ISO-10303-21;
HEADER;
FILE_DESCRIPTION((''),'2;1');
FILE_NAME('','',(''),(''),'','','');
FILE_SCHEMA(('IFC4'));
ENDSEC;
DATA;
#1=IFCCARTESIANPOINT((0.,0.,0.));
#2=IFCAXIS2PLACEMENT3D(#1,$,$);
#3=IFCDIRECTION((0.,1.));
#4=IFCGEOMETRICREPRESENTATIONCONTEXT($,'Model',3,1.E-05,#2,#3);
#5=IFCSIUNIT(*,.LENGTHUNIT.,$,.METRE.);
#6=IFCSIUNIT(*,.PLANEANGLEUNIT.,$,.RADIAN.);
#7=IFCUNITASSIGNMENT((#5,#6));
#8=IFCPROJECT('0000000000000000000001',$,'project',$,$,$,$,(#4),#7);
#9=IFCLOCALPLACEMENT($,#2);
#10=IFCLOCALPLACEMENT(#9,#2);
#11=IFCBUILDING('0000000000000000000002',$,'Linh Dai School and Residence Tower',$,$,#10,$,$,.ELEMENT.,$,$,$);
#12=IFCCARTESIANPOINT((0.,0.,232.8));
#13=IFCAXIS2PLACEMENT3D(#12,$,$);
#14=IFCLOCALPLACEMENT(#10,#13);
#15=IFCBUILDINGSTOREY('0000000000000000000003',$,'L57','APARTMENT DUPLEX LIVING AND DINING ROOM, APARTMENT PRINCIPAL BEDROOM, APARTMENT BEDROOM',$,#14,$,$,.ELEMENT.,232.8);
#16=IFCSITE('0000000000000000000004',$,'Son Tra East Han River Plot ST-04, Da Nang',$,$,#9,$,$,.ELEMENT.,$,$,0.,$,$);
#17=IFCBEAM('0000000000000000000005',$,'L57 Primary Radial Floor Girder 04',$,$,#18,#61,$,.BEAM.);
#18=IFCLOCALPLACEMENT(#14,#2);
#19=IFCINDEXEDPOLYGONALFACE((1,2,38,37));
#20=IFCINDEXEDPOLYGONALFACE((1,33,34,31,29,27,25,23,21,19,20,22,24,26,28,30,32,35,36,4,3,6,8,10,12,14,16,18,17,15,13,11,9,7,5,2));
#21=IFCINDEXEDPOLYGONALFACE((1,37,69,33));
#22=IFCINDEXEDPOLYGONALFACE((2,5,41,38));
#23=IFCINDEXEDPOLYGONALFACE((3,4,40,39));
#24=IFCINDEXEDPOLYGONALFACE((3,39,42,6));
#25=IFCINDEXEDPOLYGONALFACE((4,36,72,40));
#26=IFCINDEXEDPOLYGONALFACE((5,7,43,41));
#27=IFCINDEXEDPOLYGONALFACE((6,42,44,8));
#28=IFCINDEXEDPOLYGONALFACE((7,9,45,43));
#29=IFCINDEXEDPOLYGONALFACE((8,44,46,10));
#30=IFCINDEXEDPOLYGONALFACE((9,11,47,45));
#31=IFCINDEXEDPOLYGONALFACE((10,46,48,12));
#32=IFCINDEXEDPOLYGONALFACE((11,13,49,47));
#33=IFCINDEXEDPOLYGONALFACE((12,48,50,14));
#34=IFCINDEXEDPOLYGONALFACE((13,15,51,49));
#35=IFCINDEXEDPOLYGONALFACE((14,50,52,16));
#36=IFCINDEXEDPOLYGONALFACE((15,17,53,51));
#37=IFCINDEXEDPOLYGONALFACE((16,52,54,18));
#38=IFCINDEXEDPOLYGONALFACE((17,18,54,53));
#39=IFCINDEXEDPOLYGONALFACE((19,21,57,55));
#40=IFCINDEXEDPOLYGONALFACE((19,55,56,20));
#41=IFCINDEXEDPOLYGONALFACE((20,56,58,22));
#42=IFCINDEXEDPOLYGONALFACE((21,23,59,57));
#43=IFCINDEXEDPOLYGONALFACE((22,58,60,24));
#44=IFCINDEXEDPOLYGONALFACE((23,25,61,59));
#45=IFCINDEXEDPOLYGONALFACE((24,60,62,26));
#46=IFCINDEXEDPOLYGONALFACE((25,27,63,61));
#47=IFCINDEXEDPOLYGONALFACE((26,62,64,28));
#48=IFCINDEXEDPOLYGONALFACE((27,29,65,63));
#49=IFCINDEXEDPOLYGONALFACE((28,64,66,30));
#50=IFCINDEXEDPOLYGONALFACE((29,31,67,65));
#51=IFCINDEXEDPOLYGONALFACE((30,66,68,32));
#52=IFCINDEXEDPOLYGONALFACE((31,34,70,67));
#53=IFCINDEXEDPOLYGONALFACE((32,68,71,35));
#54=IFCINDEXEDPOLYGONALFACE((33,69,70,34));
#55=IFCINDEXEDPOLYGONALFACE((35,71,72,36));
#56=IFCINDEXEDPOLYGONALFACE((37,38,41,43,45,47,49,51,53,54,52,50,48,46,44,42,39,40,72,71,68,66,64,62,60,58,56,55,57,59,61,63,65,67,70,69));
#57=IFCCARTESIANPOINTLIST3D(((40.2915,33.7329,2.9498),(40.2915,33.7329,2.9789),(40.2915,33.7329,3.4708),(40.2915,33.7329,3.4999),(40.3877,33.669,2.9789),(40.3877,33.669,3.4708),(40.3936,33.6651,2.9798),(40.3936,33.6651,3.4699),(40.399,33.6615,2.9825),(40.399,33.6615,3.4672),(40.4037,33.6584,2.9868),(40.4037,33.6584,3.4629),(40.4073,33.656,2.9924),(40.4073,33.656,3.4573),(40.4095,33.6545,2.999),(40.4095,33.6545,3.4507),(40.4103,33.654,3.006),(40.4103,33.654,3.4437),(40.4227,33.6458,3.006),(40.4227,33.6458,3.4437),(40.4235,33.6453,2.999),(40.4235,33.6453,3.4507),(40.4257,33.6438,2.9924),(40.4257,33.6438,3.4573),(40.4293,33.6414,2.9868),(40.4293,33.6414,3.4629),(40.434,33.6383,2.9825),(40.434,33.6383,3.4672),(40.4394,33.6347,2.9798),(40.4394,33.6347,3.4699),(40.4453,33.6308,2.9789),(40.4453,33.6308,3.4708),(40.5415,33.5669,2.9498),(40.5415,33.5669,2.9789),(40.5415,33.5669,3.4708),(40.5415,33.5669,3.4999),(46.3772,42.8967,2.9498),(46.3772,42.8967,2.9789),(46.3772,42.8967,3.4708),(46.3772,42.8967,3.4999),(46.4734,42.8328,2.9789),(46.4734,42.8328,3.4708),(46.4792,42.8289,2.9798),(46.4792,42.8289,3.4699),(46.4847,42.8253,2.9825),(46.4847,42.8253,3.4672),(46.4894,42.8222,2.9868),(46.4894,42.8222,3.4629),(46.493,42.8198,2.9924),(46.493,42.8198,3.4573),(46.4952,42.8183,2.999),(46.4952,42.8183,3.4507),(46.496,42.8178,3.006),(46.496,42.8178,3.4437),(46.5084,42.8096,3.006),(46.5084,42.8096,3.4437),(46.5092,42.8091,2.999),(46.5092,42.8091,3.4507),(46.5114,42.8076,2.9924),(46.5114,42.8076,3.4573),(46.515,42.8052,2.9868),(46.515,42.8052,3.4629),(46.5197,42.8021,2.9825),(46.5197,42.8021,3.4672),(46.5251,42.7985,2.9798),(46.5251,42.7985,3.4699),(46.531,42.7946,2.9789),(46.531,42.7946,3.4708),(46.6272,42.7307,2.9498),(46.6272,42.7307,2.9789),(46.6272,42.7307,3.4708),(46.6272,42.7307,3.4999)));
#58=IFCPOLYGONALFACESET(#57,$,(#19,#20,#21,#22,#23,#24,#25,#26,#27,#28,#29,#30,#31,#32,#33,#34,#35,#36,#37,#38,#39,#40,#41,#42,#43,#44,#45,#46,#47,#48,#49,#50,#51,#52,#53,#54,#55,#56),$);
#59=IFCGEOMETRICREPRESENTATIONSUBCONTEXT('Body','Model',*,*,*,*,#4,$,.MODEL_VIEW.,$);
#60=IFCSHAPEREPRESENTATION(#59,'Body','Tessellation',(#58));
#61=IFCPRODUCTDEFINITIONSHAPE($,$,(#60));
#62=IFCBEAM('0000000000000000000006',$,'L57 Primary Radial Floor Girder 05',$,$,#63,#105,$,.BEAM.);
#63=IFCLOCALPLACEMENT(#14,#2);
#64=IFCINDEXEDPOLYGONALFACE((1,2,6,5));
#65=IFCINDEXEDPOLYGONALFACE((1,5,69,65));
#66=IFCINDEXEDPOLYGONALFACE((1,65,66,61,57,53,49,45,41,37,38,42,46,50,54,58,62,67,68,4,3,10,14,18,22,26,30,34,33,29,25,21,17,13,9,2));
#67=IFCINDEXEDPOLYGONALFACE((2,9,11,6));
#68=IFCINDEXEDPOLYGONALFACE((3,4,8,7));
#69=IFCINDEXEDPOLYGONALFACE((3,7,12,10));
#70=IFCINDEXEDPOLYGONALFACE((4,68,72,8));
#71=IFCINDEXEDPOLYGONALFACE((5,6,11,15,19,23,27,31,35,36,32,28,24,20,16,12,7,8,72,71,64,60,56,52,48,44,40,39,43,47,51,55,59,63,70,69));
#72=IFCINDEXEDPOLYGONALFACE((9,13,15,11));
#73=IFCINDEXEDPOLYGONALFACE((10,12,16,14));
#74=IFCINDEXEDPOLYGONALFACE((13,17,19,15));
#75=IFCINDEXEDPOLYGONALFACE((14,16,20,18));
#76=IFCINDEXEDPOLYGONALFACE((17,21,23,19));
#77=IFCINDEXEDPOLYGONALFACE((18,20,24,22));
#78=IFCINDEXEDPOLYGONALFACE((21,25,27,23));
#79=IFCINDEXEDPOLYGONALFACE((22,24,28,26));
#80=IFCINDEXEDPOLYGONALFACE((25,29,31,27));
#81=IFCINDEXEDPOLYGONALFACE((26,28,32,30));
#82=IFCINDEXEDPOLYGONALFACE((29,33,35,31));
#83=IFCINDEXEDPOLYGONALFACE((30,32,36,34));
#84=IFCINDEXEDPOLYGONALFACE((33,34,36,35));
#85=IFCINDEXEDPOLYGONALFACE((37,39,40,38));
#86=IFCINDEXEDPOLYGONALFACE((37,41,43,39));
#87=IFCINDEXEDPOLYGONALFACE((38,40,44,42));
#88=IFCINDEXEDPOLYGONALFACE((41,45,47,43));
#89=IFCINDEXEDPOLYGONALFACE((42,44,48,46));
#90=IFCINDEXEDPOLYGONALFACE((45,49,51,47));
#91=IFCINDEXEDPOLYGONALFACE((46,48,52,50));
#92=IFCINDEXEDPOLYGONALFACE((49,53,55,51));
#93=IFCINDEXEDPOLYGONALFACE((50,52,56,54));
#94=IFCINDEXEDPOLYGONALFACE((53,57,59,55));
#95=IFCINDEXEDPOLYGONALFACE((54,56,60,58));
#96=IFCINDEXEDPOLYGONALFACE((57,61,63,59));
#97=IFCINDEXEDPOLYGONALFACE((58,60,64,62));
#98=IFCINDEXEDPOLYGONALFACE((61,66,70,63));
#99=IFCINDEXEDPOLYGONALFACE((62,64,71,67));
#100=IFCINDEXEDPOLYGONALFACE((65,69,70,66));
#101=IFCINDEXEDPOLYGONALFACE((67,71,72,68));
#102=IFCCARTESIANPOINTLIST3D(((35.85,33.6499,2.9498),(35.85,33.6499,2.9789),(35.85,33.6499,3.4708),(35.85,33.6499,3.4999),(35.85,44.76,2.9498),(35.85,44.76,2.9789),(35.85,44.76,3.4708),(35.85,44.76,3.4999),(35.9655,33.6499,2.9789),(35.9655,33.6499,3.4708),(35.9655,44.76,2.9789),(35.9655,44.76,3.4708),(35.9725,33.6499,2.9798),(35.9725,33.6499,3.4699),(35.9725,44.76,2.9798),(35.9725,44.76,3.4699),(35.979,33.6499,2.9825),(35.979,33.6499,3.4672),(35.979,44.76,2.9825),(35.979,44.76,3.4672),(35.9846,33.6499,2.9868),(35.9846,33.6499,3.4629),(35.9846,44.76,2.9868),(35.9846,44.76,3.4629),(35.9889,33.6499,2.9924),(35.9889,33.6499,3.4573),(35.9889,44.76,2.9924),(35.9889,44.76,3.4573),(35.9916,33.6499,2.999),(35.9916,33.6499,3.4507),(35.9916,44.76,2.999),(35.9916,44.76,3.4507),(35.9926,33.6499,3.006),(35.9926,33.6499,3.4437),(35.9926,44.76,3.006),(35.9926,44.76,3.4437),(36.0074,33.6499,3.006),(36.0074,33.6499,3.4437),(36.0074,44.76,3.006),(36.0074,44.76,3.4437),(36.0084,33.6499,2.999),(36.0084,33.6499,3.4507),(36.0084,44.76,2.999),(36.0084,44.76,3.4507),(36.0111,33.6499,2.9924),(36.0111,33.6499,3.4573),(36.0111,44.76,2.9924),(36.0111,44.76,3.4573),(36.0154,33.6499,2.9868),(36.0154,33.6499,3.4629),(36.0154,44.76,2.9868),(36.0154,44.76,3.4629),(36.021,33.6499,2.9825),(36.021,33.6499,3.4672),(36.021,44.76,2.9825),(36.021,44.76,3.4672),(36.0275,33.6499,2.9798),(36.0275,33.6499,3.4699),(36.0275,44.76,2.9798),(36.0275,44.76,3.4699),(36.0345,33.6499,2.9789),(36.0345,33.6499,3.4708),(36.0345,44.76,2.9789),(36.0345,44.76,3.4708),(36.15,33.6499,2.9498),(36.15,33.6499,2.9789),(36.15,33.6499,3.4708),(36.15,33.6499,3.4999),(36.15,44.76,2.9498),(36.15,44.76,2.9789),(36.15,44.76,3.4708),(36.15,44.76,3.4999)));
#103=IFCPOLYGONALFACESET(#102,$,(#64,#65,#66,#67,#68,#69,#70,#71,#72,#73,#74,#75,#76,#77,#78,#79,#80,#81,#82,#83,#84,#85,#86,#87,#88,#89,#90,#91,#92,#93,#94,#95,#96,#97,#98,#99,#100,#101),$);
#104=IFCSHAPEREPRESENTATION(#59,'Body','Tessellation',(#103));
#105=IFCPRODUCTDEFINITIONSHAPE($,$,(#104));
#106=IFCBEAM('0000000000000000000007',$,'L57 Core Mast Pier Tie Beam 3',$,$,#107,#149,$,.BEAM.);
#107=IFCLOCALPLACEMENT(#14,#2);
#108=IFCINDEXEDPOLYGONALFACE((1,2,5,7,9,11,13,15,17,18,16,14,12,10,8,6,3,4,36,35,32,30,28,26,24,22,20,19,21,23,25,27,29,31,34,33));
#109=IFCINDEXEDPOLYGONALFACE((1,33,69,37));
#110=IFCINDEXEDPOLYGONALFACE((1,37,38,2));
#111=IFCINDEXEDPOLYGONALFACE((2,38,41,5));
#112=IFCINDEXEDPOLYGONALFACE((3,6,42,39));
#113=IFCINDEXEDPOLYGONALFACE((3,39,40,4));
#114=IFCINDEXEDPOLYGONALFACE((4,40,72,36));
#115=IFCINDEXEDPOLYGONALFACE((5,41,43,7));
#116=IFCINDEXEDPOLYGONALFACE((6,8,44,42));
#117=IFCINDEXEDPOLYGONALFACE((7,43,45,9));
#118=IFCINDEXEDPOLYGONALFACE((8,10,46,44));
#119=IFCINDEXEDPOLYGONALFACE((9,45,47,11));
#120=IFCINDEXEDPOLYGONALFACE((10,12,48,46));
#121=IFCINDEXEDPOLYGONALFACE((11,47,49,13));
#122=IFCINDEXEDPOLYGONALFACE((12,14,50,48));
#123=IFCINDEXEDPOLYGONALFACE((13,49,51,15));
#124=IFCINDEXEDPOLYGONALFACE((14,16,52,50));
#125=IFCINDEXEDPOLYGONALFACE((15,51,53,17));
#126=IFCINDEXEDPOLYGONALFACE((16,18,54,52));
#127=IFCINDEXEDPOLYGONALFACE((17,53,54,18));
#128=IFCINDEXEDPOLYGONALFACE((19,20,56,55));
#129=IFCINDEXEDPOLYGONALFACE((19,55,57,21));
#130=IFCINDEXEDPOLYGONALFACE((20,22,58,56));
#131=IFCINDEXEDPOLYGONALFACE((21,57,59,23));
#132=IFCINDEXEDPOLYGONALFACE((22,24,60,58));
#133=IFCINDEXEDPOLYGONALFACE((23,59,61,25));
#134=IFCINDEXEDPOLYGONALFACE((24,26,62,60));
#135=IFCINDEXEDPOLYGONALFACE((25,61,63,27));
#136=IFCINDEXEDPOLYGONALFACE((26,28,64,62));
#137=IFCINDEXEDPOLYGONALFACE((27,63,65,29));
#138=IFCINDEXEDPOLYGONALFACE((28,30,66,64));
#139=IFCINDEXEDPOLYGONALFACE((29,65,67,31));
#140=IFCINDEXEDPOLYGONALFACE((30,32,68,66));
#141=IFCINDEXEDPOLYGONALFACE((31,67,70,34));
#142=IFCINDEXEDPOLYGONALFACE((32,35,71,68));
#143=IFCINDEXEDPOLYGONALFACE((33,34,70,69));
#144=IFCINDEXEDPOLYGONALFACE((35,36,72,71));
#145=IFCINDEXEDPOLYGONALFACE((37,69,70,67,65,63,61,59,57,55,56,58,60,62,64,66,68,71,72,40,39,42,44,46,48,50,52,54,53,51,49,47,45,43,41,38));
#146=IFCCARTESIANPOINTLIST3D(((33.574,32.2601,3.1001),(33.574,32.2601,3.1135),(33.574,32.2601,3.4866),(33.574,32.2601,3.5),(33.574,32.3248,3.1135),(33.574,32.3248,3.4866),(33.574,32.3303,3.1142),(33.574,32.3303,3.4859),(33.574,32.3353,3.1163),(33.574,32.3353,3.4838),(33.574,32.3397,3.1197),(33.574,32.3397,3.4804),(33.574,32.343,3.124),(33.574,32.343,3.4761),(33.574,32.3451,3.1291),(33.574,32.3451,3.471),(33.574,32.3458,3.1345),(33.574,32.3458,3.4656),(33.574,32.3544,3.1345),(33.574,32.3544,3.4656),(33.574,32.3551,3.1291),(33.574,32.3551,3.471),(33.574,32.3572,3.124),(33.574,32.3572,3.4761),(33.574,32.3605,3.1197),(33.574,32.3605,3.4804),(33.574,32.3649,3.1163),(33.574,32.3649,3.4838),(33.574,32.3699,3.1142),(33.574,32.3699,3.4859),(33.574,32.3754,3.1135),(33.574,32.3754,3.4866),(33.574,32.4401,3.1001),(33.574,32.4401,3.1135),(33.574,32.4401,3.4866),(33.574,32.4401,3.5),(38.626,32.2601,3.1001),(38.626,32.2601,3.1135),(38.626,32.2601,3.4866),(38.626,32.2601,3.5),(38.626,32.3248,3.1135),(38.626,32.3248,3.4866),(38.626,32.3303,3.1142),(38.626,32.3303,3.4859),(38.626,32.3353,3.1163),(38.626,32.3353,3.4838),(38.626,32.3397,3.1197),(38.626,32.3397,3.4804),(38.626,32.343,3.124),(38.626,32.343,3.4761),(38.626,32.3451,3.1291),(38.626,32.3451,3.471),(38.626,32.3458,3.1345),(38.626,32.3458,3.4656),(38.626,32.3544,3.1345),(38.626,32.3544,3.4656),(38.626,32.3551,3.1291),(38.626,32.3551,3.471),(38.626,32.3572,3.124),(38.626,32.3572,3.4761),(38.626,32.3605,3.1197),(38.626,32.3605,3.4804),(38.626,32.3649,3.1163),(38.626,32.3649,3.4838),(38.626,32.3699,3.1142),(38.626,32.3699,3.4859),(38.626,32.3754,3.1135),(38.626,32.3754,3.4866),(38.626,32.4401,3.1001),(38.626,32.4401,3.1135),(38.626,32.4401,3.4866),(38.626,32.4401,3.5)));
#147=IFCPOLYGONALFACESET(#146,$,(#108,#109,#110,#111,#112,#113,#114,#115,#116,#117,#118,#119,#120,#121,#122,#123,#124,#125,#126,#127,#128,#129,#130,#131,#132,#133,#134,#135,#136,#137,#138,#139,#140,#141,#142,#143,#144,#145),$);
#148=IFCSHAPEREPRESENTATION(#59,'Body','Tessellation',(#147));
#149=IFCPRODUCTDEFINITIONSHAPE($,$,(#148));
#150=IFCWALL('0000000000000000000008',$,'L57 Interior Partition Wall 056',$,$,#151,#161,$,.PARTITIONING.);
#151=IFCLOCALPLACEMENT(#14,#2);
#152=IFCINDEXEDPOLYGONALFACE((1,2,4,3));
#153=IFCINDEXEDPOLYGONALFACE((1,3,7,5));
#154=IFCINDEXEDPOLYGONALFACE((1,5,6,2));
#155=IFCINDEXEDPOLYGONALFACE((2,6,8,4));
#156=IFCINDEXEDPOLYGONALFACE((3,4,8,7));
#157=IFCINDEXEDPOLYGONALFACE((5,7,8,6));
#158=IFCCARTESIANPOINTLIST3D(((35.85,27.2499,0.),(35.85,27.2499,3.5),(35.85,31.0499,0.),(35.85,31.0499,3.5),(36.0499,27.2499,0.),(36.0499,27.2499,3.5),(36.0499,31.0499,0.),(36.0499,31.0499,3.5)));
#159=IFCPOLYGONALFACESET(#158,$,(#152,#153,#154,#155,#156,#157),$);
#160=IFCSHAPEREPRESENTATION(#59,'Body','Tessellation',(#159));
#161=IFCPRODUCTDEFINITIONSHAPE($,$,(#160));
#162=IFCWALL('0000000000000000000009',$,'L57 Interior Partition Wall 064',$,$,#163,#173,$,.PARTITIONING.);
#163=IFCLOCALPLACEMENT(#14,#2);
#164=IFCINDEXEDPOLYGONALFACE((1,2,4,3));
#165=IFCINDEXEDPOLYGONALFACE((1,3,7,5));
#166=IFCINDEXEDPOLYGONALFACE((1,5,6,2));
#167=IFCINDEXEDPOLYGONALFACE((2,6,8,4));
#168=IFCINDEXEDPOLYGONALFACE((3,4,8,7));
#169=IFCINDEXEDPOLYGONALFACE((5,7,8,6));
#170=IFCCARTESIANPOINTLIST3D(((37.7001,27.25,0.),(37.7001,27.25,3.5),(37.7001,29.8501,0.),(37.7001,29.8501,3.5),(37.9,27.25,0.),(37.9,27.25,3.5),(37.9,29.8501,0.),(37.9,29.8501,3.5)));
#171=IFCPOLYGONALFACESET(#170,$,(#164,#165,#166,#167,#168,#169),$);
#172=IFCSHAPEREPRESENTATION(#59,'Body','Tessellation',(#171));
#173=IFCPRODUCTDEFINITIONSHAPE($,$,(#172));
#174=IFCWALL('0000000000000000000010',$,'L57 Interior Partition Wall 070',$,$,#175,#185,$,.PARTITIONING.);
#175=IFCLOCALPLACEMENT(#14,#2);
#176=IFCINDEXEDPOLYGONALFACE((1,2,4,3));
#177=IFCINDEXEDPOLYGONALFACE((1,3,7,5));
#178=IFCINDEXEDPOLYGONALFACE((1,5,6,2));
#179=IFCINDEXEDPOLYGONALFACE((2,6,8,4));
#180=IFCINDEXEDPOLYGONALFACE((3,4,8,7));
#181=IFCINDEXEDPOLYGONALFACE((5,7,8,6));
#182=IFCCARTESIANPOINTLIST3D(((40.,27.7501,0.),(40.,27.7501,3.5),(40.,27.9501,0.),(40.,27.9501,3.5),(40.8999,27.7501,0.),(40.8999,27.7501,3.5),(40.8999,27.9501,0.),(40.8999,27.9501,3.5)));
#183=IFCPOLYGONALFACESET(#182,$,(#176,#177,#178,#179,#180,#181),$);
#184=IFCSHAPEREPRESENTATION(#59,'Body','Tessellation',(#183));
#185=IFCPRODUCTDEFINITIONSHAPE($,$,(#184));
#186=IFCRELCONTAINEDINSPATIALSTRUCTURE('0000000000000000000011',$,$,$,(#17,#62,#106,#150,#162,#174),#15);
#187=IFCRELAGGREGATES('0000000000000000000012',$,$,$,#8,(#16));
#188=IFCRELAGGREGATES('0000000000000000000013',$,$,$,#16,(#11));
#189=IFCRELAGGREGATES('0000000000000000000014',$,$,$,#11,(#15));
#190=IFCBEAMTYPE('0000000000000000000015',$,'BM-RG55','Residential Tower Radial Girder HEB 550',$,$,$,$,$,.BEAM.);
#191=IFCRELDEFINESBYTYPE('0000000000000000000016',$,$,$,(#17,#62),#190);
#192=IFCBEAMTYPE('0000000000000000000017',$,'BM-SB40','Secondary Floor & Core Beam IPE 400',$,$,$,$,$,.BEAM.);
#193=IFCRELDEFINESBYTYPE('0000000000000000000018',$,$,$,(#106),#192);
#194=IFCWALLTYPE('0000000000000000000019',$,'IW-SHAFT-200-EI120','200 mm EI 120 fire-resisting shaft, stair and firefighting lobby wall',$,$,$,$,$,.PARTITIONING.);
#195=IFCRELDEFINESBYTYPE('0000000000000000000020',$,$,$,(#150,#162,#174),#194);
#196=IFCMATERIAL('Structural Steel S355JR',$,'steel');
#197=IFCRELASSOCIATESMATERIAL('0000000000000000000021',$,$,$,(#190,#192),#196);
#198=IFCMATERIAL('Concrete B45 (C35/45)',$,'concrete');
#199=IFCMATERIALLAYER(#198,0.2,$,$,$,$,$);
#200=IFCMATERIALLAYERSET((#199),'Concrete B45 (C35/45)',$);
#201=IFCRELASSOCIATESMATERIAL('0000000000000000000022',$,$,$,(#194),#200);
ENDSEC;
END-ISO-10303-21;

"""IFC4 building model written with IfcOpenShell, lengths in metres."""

from ifc_helpers import new_model, si_unit, direction, frame, frame_2d, origin, origin_2d, place, context, subcontext, project, spatial, rectangle, i_section, extrude, material, layer, layer_set, material_profile, profile_set, type_object, element, save


model = new_model("IFC4")

# Units and contexts
model_context = context("Model", 3, precision=1e-05, world=origin(), true_north=direction((0.0, 1.0)))
body_context = subcontext(model_context, "Body", "Model", "MODEL_VIEW")
ifc_project = project(units=[si_unit("LENGTHUNIT", "METRE"), si_unit("PLANEANGLEUNIT", "RADIAN")], contexts=[model_context])

# Site, building, storey
site_placement = place(None, origin())
site = spatial("IfcSite", under=ifc_project, at=site_placement, Name="Son Tra East Han River Plot ST-04, Da Nang", CompositionType="ELEMENT", RefElevation=0.0)
building_placement = place(site_placement, origin())
building = spatial("IfcBuilding", under=site, at=building_placement, Name="Linh Dai School and Residence Tower", CompositionType="ELEMENT")
storey_placement = place(building_placement, frame((0.0, 0.0, 232.8)))
storey = spatial("IfcBuildingStorey", under=building, at=storey_placement, Name="L57", Description="APARTMENT DUPLEX LIVING AND DINING ROOM, APARTMENT PRINCIPAL BEDROOM, APARTMENT BEDROOM", CompositionType="ELEMENT", Elevation=232.8)

# Shared definitions
ifc_material_1 = material(Name="Structural Steel S355JR", Category="steel")

# Beams
ifc_material_profile_1 = material_profile(ifc_material_1, i_section(OverallWidth=0.3, OverallDepth=0.55, WebThickness=0.0149, FlangeThickness=0.0291, FilletRadius=0.0271, at=origin_2d()), Name="HEB 550")
ifc_profile_set_1 = profile_set([ifc_material_profile_1], Name="Structural Steel S355JR")
beam_type_1 = type_object("IfcBeamType", Name="BM-RG55", Description="Residential Tower Radial Girder HEB 550", PredefinedType="BEAM", material=ifc_profile_set_1)
beam_1_placement = place(storey_placement, frame((40.4165, 33.6499, 3.2249), z_axis=(0.553219, 0.833036, 0.0), x_axis=(-0.833036, 0.553219, 0.0)))
element("IfcBeam", 1, at=beam_1_placement, inside=storey, type_object=beam_type_1, Name="L57 Primary Radial Floor Girder 04", PredefinedType="BEAM", context=body_context, shape_type="SweptSolid", body=[
    extrude(i_section(OverallWidth=0.3, OverallDepth=0.55, WebThickness=0.0149, FlangeThickness=0.0291, FilletRadius=0.0271, at=origin_2d()), origin(), (0.0, 0.0, 1.0), 11.0005),
])
beam_2_placement = place(storey_placement, frame((36.0, 33.6499, 3.2249), z_axis=(0.0, 1.0, 0.0), x_axis=(-1.0, 0.0, 0.0)))
element("IfcBeam", 2, at=beam_2_placement, inside=storey, type_object=beam_type_1, Name="L57 Primary Radial Floor Girder 05", PredefinedType="BEAM", context=body_context, shape_type="SweptSolid", body=[
    extrude(i_section(OverallWidth=0.3, OverallDepth=0.55, WebThickness=0.0149, FlangeThickness=0.0291, FilletRadius=0.0271, at=origin_2d()), origin(), (0.0, 0.0, 1.0), 11.1101),
])
ifc_material_profile_2 = material_profile(ifc_material_1, i_section(OverallWidth=0.1799, OverallDepth=0.3999, WebThickness=0.0085, FlangeThickness=0.0134, FilletRadius=0.021, at=origin_2d()), Name="IPE 400")
ifc_profile_set_2 = profile_set([ifc_material_profile_2], Name="Structural Steel S355JR")
beam_type_2 = type_object("IfcBeamType", Name="BM-SB40", Description="Secondary Floor & Core Beam IPE 400", PredefinedType="BEAM", material=ifc_profile_set_2)
beam_3_placement = place(storey_placement, frame((38.626, 32.3501, 3.3), z_axis=(-1.0, 0.0, 0.0), x_axis=(0.0, -1.0, 0.0)))
element("IfcBeam", 3, at=beam_3_placement, inside=storey, type_object=beam_type_2, Name="L57 Core Mast Pier Tie Beam 3", PredefinedType="BEAM", context=body_context, shape_type="SweptSolid", body=[
    extrude(i_section(OverallWidth=0.1799, OverallDepth=0.3999, WebThickness=0.0085, FlangeThickness=0.0134, FilletRadius=0.021, at=origin_2d()), origin(), (0.0, 0.0, 1.0), 5.052),
])

# Wall
ifc_material_2 = material(Name="Concrete B45 (C35/45)", Category="concrete")
ifc_layer_1 = layer(ifc_material_2, 0.2)
ifc_layer_set_1 = layer_set([ifc_layer_1], Name="Concrete B45 (C35/45)")
wall_type_1 = type_object("IfcWallType", Name="IW-SHAFT-200-EI120", Description="200 mm EI 120 fire-resisting shaft, stair and firefighting lobby wall", PredefinedType="PARTITIONING", material=ifc_layer_set_1)
wall_1_placement = place(storey_placement, frame((35.95, 27.25, 0.0), z_axis=(0.0, 0.0, 1.0), x_axis=(0.0, 1.0, 0.0)))
element("IfcWall", 4, at=wall_1_placement, inside=storey, type_object=wall_type_1, Name="L57 Interior Partition Wall 056", PredefinedType="PARTITIONING", context=body_context, shape_type="SweptSolid", body=[
    extrude(rectangle(XDim=3.8, YDim=0.2, at=frame_2d((1.8999, 0.0))), origin(), (0.0, 0.0, 1.0), 3.5),
])

# Walls
wall_2_placement = place(storey_placement, frame((37.8, 27.25, 0.0), z_axis=(0.0, 0.0, 1.0), x_axis=(0.0, 1.0, 0.0)))
element("IfcWall", 5, at=wall_2_placement, inside=storey, type_object=wall_type_1, Name="L57 Interior Partition Wall 064", PredefinedType="PARTITIONING", context=body_context, shape_type="SweptSolid", body=[
    extrude(rectangle(XDim=2.6001, YDim=0.2, at=frame_2d((1.3, 0.0))), origin(), (0.0, 0.0, 1.0), 3.5),
])
wall_3_placement = place(storey_placement, frame((40.0, 27.8501, 0.0), z_axis=(0.0, 0.0, 1.0), x_axis=(1.0, 0.0, 0.0)))
element("IfcWall", 6, at=wall_3_placement, inside=storey, type_object=wall_type_1, Name="L57 Interior Partition Wall 070", PredefinedType="PARTITIONING", context=body_context, shape_type="SweptSolid", body=[
    extrude(rectangle(XDim=0.8999, YDim=0.2, at=frame_2d((0.45, 0.0))), origin(), (0.0, 0.0, 1.0), 3.5),
])

save(model, "model.ifc")
